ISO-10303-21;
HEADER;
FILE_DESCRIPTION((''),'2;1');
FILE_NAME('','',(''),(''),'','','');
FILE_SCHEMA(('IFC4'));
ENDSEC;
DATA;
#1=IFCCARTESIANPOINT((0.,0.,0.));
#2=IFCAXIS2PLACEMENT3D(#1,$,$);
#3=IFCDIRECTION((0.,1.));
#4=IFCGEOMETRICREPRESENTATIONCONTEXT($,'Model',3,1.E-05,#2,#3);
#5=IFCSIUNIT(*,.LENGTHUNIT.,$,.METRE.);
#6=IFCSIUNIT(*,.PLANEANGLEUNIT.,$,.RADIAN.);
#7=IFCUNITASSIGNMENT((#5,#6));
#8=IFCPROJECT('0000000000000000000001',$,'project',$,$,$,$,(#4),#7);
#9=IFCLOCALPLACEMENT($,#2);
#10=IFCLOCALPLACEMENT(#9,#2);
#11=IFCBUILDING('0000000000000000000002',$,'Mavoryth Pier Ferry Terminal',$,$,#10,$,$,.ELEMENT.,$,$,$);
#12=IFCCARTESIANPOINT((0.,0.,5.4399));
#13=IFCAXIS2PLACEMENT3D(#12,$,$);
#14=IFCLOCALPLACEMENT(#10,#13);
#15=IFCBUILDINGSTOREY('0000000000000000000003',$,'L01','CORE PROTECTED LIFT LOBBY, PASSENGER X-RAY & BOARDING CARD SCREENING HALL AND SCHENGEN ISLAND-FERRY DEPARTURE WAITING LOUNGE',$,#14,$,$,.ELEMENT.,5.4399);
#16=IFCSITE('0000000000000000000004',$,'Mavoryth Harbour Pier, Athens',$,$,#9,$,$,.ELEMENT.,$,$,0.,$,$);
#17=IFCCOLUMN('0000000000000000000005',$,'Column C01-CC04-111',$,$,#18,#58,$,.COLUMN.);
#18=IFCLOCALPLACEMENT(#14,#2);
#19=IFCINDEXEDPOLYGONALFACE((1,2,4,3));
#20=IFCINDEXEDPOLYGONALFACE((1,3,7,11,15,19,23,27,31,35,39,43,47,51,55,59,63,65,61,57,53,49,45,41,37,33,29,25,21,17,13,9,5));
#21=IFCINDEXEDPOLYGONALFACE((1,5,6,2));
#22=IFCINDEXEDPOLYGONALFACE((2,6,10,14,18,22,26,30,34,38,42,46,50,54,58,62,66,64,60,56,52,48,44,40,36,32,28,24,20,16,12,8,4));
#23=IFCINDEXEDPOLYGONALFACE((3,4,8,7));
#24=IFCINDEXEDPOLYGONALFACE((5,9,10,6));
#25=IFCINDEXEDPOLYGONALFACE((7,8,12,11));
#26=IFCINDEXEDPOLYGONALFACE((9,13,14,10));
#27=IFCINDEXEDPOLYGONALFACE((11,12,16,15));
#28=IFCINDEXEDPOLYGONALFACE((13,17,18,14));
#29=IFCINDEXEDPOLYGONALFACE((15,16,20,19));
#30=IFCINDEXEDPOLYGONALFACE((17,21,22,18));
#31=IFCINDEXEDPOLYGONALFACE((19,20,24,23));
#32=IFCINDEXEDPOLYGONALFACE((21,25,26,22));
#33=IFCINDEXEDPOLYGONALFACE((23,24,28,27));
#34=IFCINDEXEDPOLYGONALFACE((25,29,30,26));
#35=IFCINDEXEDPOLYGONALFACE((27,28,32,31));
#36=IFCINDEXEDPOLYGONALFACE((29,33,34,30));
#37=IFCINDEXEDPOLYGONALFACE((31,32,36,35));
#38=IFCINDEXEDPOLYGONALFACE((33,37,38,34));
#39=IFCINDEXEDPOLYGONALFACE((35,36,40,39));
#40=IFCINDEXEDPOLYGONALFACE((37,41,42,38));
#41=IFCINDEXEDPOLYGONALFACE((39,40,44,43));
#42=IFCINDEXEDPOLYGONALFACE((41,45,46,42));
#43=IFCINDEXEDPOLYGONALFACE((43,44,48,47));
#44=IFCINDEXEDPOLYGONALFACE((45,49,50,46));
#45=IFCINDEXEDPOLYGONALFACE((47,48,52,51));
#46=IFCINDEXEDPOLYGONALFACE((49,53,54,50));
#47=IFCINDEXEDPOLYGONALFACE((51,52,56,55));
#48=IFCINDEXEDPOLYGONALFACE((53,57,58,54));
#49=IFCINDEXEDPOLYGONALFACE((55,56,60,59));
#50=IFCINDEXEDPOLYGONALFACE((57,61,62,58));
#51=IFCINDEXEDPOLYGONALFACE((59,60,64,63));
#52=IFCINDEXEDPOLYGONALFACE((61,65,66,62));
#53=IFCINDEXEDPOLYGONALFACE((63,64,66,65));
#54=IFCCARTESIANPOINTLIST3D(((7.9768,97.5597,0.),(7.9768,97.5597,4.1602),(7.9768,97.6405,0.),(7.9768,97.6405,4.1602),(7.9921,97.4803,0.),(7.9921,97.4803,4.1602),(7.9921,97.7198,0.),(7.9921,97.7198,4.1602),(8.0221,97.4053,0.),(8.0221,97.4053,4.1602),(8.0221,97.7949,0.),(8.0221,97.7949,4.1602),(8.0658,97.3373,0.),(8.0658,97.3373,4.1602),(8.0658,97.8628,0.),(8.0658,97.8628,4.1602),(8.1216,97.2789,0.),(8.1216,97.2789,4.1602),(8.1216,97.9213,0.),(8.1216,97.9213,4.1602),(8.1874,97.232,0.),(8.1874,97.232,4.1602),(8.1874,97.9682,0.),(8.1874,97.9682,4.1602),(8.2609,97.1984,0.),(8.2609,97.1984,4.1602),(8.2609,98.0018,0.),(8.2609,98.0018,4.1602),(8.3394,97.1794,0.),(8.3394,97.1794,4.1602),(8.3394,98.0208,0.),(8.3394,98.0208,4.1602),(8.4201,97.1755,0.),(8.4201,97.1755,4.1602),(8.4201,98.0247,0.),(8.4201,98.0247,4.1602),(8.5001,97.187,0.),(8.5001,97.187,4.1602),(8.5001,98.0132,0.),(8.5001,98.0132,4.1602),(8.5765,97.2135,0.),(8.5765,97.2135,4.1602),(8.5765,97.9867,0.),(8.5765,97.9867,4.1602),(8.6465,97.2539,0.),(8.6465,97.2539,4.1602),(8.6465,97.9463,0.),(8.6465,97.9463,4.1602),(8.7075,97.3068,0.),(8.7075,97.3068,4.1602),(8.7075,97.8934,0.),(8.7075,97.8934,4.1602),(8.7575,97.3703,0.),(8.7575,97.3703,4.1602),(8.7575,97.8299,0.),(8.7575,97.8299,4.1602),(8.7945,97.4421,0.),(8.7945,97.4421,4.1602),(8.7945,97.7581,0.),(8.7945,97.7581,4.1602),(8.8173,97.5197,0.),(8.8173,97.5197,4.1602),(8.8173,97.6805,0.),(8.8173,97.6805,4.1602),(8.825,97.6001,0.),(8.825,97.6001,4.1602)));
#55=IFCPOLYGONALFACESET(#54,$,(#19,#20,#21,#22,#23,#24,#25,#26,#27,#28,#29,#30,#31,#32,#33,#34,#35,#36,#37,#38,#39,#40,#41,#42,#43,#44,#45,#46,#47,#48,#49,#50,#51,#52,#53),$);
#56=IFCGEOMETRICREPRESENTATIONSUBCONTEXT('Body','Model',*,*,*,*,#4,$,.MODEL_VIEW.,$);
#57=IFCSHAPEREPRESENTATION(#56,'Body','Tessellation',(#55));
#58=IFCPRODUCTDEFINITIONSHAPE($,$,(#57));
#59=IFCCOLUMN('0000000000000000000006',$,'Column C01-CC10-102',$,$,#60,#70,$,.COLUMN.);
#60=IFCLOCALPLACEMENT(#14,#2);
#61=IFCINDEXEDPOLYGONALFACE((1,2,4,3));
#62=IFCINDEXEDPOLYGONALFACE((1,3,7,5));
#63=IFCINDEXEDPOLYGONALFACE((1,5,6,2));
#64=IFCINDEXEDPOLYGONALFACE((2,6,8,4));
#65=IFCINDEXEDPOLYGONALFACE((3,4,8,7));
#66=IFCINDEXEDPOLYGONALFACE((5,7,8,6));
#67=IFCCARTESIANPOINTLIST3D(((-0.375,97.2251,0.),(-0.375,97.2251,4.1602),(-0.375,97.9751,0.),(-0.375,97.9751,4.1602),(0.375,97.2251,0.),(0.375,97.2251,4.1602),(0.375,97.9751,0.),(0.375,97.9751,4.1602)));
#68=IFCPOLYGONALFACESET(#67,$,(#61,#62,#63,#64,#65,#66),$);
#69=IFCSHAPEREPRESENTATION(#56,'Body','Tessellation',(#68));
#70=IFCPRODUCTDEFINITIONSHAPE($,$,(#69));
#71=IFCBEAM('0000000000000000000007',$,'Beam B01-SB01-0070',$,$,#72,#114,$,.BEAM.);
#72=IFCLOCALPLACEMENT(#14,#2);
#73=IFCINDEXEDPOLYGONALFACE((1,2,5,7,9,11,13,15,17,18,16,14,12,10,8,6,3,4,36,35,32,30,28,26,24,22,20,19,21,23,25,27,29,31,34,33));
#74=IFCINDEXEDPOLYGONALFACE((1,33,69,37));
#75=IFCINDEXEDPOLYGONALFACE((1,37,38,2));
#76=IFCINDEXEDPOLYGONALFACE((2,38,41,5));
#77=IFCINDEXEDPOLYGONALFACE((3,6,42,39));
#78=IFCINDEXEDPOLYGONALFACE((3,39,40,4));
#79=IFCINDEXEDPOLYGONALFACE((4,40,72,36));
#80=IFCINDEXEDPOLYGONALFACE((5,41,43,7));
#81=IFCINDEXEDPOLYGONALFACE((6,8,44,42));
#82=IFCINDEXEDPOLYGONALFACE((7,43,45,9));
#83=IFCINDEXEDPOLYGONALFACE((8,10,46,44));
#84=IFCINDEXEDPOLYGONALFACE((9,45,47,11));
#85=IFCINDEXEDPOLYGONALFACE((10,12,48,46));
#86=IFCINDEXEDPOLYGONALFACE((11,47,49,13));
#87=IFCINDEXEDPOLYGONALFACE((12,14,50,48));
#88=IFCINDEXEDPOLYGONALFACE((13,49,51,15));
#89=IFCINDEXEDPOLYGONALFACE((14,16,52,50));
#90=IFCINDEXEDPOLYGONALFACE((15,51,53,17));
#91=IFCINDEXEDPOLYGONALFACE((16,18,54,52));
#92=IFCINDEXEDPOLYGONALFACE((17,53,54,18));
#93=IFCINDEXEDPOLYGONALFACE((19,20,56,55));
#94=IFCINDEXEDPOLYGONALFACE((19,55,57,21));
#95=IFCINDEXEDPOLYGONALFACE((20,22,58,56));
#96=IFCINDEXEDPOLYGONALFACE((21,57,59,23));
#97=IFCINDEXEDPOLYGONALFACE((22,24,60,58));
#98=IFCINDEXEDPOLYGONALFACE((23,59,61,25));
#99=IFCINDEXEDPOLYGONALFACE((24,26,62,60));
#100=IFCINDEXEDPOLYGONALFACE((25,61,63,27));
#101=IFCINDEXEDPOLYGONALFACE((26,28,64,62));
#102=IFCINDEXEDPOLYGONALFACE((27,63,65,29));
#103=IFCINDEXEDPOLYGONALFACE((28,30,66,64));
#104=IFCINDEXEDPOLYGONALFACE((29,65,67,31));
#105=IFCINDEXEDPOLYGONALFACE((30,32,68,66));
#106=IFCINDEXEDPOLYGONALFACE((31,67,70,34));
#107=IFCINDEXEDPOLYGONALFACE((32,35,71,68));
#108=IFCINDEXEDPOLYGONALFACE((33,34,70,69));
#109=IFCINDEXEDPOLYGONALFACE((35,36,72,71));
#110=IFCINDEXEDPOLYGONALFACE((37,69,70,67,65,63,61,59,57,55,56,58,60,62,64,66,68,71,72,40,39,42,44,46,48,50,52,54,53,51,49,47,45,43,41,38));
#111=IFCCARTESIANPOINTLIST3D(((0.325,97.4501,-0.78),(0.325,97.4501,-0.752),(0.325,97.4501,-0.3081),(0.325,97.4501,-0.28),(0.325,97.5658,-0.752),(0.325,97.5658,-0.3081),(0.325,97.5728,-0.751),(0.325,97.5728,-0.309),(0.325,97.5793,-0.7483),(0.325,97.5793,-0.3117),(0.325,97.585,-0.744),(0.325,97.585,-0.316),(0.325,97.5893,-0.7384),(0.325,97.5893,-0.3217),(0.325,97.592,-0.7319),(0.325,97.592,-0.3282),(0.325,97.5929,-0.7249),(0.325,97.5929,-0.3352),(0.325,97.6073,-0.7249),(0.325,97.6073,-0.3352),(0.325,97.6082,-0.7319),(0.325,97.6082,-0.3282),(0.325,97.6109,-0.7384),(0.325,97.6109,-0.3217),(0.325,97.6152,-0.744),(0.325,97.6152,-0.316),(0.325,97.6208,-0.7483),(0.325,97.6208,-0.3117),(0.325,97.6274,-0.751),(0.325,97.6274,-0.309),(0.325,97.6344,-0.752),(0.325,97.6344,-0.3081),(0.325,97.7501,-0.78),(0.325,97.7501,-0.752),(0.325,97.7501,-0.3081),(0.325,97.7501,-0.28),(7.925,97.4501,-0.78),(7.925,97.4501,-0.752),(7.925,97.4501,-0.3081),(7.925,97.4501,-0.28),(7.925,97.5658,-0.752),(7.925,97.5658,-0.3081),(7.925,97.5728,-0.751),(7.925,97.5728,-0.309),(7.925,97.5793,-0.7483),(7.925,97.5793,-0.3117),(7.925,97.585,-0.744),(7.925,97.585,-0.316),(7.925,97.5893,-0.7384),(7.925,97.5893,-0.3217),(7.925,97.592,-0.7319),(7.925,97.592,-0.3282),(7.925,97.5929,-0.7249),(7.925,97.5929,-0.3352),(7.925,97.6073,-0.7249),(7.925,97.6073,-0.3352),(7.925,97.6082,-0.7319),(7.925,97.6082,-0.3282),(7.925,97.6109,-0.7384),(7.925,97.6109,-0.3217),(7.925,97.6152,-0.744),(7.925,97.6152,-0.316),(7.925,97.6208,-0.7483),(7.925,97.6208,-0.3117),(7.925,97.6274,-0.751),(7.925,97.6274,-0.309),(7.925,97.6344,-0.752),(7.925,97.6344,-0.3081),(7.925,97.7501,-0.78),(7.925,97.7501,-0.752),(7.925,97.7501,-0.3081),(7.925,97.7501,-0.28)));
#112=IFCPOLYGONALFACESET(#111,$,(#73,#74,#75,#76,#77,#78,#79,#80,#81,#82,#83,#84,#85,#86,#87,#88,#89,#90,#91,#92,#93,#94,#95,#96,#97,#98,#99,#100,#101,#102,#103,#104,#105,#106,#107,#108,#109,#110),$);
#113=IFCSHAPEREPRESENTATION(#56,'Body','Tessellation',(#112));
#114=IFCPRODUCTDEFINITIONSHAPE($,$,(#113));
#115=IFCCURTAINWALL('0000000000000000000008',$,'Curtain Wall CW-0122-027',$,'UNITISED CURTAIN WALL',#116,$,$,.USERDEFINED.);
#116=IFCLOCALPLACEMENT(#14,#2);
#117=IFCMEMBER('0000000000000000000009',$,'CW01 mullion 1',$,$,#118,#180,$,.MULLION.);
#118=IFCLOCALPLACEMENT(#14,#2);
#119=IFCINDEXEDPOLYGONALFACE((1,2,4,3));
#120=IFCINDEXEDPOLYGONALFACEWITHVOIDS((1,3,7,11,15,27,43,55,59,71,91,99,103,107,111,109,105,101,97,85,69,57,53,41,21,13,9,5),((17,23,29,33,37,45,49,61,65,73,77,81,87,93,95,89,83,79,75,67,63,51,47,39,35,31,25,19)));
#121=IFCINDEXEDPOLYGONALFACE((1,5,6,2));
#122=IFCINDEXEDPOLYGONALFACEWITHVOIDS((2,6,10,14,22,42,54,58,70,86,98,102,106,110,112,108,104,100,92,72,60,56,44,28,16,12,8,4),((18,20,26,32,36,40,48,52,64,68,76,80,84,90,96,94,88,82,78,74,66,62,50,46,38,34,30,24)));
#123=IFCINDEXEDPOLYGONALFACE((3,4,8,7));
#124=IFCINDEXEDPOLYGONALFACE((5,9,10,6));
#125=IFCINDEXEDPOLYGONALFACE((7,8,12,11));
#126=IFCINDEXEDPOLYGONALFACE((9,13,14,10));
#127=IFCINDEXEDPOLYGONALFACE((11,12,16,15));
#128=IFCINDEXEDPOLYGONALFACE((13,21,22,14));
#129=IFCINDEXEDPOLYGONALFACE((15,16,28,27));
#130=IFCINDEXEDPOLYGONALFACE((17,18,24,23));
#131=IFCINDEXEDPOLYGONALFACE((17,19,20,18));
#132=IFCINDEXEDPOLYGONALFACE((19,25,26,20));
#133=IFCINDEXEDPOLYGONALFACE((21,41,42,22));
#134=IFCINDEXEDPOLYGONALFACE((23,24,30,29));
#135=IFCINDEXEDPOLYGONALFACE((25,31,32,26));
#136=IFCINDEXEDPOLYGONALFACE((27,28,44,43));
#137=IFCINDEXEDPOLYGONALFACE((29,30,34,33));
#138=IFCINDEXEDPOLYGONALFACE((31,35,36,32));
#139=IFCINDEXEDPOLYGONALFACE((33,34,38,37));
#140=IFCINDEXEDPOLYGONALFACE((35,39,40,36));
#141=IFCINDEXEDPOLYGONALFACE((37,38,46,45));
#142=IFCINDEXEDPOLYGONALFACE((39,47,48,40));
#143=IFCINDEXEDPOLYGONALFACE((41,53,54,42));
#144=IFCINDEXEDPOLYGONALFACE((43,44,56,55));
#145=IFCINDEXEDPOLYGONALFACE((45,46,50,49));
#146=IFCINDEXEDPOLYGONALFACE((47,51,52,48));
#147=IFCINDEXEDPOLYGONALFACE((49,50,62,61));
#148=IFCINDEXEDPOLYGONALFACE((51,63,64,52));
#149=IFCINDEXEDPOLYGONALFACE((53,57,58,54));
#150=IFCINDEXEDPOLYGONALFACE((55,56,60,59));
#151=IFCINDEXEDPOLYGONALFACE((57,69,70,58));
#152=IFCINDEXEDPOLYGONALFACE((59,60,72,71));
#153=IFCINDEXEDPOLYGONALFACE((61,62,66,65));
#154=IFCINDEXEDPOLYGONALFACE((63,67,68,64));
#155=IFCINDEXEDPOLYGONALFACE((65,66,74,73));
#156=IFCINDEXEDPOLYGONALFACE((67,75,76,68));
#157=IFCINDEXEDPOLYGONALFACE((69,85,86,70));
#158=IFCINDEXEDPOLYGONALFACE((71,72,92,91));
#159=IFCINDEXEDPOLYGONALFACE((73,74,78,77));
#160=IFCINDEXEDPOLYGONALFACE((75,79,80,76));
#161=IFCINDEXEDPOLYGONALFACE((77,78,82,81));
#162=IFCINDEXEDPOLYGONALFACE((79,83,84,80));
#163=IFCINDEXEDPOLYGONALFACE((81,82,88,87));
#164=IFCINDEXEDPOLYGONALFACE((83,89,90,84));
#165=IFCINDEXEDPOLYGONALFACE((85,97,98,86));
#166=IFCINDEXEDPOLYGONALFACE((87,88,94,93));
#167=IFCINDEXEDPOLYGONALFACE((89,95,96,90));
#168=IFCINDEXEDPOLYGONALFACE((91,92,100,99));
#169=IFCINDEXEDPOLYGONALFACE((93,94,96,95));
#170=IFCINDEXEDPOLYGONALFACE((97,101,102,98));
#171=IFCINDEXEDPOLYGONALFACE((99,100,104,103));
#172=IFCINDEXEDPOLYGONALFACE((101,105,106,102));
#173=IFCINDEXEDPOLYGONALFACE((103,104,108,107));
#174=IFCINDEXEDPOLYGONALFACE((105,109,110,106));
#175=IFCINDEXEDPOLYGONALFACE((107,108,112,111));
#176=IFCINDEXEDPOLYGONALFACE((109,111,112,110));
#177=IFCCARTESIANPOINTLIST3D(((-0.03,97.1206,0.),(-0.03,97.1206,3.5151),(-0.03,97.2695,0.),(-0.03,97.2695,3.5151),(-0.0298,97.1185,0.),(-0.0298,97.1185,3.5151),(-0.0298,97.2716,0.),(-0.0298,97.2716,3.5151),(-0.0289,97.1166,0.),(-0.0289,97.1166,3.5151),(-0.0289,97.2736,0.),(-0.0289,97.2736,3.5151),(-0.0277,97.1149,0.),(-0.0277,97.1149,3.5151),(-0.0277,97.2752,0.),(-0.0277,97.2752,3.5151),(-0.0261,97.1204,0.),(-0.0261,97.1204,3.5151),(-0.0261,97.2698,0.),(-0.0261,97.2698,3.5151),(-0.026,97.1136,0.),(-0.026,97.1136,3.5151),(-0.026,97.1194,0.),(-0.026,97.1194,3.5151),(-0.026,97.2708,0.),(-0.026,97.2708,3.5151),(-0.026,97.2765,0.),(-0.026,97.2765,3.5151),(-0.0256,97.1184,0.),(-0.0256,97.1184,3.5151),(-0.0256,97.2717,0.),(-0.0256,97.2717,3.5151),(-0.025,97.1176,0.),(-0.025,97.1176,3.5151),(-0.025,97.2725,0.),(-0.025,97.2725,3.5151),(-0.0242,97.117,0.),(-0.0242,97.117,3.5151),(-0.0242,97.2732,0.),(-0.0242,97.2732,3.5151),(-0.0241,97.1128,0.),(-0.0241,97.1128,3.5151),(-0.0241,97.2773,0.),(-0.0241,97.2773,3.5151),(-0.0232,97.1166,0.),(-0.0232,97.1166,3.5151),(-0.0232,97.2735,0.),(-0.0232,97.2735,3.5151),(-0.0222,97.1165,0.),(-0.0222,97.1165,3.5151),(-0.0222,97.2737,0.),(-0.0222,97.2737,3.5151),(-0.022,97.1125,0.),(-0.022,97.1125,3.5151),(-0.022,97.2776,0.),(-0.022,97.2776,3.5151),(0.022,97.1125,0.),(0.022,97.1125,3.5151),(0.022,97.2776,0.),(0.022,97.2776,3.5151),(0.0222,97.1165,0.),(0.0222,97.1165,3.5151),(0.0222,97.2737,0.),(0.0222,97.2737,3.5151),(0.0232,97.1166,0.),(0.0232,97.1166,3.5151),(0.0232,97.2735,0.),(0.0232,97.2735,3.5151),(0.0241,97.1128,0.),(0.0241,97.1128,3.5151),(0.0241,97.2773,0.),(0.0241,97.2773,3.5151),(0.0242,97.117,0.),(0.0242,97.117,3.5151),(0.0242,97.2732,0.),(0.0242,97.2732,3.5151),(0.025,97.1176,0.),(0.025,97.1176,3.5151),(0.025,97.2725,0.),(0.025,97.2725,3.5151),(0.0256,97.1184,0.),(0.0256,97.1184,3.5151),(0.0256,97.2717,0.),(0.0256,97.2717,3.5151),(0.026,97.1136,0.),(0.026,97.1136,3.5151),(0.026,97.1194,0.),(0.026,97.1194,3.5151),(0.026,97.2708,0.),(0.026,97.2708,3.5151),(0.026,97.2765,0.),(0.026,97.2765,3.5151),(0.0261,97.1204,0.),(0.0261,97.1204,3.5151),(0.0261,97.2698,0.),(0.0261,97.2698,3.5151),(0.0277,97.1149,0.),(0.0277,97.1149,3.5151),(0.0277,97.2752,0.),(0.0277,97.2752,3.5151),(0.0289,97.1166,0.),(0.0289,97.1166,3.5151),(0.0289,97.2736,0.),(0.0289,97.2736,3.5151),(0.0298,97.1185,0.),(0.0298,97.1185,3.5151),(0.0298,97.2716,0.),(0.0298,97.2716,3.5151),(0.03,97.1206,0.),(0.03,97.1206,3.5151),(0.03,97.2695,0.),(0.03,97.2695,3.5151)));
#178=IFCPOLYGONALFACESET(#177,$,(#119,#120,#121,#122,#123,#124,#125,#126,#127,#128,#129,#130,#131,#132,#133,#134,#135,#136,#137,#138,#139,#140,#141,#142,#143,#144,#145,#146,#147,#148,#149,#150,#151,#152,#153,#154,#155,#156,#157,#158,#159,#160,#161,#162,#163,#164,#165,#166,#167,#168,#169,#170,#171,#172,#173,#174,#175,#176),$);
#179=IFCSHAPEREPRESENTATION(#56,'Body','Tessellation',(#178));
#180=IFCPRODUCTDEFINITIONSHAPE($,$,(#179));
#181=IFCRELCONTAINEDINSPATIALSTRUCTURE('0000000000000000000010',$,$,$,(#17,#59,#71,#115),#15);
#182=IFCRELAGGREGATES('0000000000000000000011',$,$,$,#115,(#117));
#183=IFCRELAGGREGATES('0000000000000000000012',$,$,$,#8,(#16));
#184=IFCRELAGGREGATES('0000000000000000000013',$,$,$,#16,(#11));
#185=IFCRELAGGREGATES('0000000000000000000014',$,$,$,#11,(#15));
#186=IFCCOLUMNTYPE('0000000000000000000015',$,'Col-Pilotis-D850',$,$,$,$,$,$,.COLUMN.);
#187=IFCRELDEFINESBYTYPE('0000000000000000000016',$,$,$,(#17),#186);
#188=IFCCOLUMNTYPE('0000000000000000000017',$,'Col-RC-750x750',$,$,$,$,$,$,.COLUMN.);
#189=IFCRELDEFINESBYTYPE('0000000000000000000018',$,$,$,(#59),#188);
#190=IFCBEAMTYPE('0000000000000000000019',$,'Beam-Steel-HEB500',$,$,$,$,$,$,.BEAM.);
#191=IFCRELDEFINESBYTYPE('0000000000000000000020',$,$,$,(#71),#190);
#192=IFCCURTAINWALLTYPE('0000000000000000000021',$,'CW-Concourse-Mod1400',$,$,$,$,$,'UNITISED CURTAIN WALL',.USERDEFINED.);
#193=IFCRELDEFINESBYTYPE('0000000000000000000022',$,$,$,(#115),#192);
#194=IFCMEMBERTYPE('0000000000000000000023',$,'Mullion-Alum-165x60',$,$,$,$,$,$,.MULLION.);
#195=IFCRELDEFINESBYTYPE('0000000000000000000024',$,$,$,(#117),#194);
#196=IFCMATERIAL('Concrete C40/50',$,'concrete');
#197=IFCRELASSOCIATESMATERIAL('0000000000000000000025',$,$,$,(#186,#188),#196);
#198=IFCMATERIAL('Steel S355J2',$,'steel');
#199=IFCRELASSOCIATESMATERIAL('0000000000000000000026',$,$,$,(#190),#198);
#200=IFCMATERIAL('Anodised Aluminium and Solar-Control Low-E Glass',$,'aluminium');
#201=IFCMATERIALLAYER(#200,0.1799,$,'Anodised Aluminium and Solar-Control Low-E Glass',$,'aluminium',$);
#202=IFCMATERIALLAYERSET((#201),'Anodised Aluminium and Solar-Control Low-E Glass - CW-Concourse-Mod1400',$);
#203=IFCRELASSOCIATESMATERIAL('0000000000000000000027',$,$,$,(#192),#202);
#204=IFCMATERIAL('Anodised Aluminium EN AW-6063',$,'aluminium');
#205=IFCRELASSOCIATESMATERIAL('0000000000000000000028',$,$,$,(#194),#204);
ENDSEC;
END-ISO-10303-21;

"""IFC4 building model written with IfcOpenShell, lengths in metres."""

from ifc_helpers import new_model, si_unit, direction, frame, origin, origin_2d, place, context, subcontext, project, spatial, rectangle, hollow_rectangle, circle, i_section, extrude, material, layer, layer_set, material_profile, profile_set, type_object, element, aggregate, save


model = new_model("IFC4")

# Units and contexts
model_context = context("Model", 3, precision=1e-05, world=origin(), true_north=direction((0.0, 1.0)))
body_context = subcontext(model_context, "Body", "Model", "MODEL_VIEW")
ifc_project = project(units=[si_unit("LENGTHUNIT", "METRE"), si_unit("PLANEANGLEUNIT", "RADIAN")], contexts=[model_context])

# Site, building, storey
site_placement = place(None, origin())
site = spatial("IfcSite", under=ifc_project, at=site_placement, Name="Mavoryth Harbour Pier, Athens", CompositionType="ELEMENT", RefElevation=0.0)
building_placement = place(site_placement, origin())
building = spatial("IfcBuilding", under=site, at=building_placement, Name="Mavoryth Pier Ferry Terminal", CompositionType="ELEMENT")
storey_placement = place(building_placement, frame((0.0, 0.0, 5.4399)))
storey = spatial("IfcBuildingStorey", under=building, at=storey_placement, Name="L01", Description="CORE PROTECTED LIFT LOBBY, PASSENGER X-RAY & BOARDING CARD SCREENING HALL AND SCHENGEN ISLAND-FERRY DEPARTURE WAITING LOUNGE", CompositionType="ELEMENT", Elevation=5.4399)

# Columns
ifc_material_1 = material(Name="Concrete C40/50", Category="concrete")
ifc_material_profile_1 = material_profile(ifc_material_1, circle(Radius=0.425, at=origin_2d()), Name="RC D850", Category="concrete")
ifc_profile_set_1 = profile_set([ifc_material_profile_1], Name="Concrete C40/50 - RC D850")
column_type_1 = type_object("IfcColumnType", Name="Col-Pilotis-D850", PredefinedType="COLUMN", material=ifc_profile_set_1)
column_1_placement = place(storey_placement, frame((8.3999, 97.6001, 0.0), z_axis=(0.0, 0.0, 1.0), x_axis=(1.0, 0.0, 0.0)))
element("IfcColumn", 1, at=column_1_placement, inside=storey, type_object=column_type_1, Name="Column C01-CC04-111", PredefinedType="COLUMN", context=body_context, shape_type="SweptSolid", body=[
    extrude(circle(Radius=0.425, at=origin_2d()), origin(), (0.0, 0.0, 1.0), 4.1602),
])
ifc_material_profile_2 = material_profile(ifc_material_1, rectangle(XDim=0.75, YDim=0.75, at=origin_2d()), Name="RC 750x750", Category="concrete")
ifc_profile_set_2 = profile_set([ifc_material_profile_2], Name="Concrete C40/50 - RC 750x750")
column_type_2 = type_object("IfcColumnType", Name="Col-RC-750x750", PredefinedType="COLUMN", material=ifc_profile_set_2)
column_2_placement = place(storey_placement, frame((0.0, 97.6001, 0.0), z_axis=(0.0, 0.0, 1.0), x_axis=(1.0, 0.0, 0.0)))
element("IfcColumn", 2, at=column_2_placement, inside=storey, type_object=column_type_2, Name="Column C01-CC10-102", PredefinedType="COLUMN", context=body_context, shape_type="SweptSolid", body=[
    extrude(rectangle(XDim=0.75, YDim=0.75, at=origin_2d()), origin(), (0.0, 0.0, 1.0), 4.1602),
])

# Beam
ifc_material_2 = material(Name="Steel S355J2", Category="steel")
ifc_material_profile_3 = material_profile(ifc_material_2, i_section(OverallWidth=0.3, OverallDepth=0.5, WebThickness=0.0144, FlangeThickness=0.0281, FilletRadius=0.0271, at=origin_2d()), Name="HEB 500", Category="steel")
ifc_profile_set_3 = profile_set([ifc_material_profile_3], Name="Steel S355J2 - HEB 500")
beam_type = type_object("IfcBeamType", Name="Beam-Steel-HEB500", PredefinedType="BEAM", material=ifc_profile_set_3)
beam_placement = place(storey_placement, frame((0.325, 97.6001, -0.53), z_axis=(1.0, 0.0, 0.0), x_axis=(0.0, 1.0, 0.0)))
element("IfcBeam", 3, at=beam_placement, inside=storey, type_object=beam_type, Name="Beam B01-SB01-0070", PredefinedType="BEAM", context=body_context, shape_type="SweptSolid", body=[
    extrude(i_section(OverallWidth=0.3, OverallDepth=0.5, WebThickness=0.0144, FlangeThickness=0.0281, FilletRadius=0.0271, at=origin_2d()), origin(), (0.0, 0.0, 1.0), 7.6001),
])

# Curtain wall, member
ifc_material_3 = material(Name="Anodised Aluminium and Solar-Control Low-E Glass", Category="aluminium")
ifc_layer_1 = layer(ifc_material_3, 0.1799, Name="Anodised Aluminium and Solar-Control Low-E Glass", Category="aluminium")
ifc_layer_set_1 = layer_set([ifc_layer_1], Name="Anodised Aluminium and Solar-Control Low-E Glass - CW-Concourse-Mod1400")
curtain_wall_type = type_object("IfcCurtainWallType", Name="CW-Concourse-Mod1400", ElementType="UNITISED CURTAIN WALL", PredefinedType="USERDEFINED", material=ifc_layer_set_1)
curtain_wall_placement = place(storey_placement, origin())
curtain_wall = element("IfcCurtainWall", 4, at=curtain_wall_placement, inside=storey, type_object=curtain_wall_type, Name="Curtain Wall CW-0122-027", ObjectType="UNITISED CURTAIN WALL", PredefinedType="USERDEFINED")
ifc_material_4 = material(Name="Anodised Aluminium EN AW-6063", Category="aluminium")
ifc_material_profile_4 = material_profile(ifc_material_4, hollow_rectangle(XDim=0.0601, YDim=0.165, WallThickness=0.0039, InnerFilletRadius=0.0039, OuterFilletRadius=0.0081, at=origin_2d()), Name="AL-MULL 165x60x4", Category="aluminium")
ifc_profile_set_4 = profile_set([ifc_material_profile_4], Name="Anodised Aluminium EN AW-6063 - AL-MULL 165x60x4")
member_type_1 = type_object("IfcMemberType", Name="Mullion-Alum-165x60", PredefinedType="MULLION", material=ifc_profile_set_4)
member_1_placement = place(storey_placement, frame((0.0, 97.1951, 0.0), z_axis=(0.0, 0.0, 1.0), x_axis=(1.0, 0.0, 0.0)))
member_1 = element("IfcMember", 5, at=member_1_placement, type_object=member_type_1, Name="CW01 mullion 1", PredefinedType="MULLION", context=body_context, shape_type="SweptSolid", body=[
    extrude(hollow_rectangle(XDim=0.0601, YDim=0.165, WallThickness=0.0039, InnerFilletRadius=0.0039, OuterFilletRadius=0.0081, at=origin_2d()), origin(), (0.0, 0.0, 1.0), 3.5151),
])
aggregate(curtain_wall, [member_1])

save(model, "model.ifc")
